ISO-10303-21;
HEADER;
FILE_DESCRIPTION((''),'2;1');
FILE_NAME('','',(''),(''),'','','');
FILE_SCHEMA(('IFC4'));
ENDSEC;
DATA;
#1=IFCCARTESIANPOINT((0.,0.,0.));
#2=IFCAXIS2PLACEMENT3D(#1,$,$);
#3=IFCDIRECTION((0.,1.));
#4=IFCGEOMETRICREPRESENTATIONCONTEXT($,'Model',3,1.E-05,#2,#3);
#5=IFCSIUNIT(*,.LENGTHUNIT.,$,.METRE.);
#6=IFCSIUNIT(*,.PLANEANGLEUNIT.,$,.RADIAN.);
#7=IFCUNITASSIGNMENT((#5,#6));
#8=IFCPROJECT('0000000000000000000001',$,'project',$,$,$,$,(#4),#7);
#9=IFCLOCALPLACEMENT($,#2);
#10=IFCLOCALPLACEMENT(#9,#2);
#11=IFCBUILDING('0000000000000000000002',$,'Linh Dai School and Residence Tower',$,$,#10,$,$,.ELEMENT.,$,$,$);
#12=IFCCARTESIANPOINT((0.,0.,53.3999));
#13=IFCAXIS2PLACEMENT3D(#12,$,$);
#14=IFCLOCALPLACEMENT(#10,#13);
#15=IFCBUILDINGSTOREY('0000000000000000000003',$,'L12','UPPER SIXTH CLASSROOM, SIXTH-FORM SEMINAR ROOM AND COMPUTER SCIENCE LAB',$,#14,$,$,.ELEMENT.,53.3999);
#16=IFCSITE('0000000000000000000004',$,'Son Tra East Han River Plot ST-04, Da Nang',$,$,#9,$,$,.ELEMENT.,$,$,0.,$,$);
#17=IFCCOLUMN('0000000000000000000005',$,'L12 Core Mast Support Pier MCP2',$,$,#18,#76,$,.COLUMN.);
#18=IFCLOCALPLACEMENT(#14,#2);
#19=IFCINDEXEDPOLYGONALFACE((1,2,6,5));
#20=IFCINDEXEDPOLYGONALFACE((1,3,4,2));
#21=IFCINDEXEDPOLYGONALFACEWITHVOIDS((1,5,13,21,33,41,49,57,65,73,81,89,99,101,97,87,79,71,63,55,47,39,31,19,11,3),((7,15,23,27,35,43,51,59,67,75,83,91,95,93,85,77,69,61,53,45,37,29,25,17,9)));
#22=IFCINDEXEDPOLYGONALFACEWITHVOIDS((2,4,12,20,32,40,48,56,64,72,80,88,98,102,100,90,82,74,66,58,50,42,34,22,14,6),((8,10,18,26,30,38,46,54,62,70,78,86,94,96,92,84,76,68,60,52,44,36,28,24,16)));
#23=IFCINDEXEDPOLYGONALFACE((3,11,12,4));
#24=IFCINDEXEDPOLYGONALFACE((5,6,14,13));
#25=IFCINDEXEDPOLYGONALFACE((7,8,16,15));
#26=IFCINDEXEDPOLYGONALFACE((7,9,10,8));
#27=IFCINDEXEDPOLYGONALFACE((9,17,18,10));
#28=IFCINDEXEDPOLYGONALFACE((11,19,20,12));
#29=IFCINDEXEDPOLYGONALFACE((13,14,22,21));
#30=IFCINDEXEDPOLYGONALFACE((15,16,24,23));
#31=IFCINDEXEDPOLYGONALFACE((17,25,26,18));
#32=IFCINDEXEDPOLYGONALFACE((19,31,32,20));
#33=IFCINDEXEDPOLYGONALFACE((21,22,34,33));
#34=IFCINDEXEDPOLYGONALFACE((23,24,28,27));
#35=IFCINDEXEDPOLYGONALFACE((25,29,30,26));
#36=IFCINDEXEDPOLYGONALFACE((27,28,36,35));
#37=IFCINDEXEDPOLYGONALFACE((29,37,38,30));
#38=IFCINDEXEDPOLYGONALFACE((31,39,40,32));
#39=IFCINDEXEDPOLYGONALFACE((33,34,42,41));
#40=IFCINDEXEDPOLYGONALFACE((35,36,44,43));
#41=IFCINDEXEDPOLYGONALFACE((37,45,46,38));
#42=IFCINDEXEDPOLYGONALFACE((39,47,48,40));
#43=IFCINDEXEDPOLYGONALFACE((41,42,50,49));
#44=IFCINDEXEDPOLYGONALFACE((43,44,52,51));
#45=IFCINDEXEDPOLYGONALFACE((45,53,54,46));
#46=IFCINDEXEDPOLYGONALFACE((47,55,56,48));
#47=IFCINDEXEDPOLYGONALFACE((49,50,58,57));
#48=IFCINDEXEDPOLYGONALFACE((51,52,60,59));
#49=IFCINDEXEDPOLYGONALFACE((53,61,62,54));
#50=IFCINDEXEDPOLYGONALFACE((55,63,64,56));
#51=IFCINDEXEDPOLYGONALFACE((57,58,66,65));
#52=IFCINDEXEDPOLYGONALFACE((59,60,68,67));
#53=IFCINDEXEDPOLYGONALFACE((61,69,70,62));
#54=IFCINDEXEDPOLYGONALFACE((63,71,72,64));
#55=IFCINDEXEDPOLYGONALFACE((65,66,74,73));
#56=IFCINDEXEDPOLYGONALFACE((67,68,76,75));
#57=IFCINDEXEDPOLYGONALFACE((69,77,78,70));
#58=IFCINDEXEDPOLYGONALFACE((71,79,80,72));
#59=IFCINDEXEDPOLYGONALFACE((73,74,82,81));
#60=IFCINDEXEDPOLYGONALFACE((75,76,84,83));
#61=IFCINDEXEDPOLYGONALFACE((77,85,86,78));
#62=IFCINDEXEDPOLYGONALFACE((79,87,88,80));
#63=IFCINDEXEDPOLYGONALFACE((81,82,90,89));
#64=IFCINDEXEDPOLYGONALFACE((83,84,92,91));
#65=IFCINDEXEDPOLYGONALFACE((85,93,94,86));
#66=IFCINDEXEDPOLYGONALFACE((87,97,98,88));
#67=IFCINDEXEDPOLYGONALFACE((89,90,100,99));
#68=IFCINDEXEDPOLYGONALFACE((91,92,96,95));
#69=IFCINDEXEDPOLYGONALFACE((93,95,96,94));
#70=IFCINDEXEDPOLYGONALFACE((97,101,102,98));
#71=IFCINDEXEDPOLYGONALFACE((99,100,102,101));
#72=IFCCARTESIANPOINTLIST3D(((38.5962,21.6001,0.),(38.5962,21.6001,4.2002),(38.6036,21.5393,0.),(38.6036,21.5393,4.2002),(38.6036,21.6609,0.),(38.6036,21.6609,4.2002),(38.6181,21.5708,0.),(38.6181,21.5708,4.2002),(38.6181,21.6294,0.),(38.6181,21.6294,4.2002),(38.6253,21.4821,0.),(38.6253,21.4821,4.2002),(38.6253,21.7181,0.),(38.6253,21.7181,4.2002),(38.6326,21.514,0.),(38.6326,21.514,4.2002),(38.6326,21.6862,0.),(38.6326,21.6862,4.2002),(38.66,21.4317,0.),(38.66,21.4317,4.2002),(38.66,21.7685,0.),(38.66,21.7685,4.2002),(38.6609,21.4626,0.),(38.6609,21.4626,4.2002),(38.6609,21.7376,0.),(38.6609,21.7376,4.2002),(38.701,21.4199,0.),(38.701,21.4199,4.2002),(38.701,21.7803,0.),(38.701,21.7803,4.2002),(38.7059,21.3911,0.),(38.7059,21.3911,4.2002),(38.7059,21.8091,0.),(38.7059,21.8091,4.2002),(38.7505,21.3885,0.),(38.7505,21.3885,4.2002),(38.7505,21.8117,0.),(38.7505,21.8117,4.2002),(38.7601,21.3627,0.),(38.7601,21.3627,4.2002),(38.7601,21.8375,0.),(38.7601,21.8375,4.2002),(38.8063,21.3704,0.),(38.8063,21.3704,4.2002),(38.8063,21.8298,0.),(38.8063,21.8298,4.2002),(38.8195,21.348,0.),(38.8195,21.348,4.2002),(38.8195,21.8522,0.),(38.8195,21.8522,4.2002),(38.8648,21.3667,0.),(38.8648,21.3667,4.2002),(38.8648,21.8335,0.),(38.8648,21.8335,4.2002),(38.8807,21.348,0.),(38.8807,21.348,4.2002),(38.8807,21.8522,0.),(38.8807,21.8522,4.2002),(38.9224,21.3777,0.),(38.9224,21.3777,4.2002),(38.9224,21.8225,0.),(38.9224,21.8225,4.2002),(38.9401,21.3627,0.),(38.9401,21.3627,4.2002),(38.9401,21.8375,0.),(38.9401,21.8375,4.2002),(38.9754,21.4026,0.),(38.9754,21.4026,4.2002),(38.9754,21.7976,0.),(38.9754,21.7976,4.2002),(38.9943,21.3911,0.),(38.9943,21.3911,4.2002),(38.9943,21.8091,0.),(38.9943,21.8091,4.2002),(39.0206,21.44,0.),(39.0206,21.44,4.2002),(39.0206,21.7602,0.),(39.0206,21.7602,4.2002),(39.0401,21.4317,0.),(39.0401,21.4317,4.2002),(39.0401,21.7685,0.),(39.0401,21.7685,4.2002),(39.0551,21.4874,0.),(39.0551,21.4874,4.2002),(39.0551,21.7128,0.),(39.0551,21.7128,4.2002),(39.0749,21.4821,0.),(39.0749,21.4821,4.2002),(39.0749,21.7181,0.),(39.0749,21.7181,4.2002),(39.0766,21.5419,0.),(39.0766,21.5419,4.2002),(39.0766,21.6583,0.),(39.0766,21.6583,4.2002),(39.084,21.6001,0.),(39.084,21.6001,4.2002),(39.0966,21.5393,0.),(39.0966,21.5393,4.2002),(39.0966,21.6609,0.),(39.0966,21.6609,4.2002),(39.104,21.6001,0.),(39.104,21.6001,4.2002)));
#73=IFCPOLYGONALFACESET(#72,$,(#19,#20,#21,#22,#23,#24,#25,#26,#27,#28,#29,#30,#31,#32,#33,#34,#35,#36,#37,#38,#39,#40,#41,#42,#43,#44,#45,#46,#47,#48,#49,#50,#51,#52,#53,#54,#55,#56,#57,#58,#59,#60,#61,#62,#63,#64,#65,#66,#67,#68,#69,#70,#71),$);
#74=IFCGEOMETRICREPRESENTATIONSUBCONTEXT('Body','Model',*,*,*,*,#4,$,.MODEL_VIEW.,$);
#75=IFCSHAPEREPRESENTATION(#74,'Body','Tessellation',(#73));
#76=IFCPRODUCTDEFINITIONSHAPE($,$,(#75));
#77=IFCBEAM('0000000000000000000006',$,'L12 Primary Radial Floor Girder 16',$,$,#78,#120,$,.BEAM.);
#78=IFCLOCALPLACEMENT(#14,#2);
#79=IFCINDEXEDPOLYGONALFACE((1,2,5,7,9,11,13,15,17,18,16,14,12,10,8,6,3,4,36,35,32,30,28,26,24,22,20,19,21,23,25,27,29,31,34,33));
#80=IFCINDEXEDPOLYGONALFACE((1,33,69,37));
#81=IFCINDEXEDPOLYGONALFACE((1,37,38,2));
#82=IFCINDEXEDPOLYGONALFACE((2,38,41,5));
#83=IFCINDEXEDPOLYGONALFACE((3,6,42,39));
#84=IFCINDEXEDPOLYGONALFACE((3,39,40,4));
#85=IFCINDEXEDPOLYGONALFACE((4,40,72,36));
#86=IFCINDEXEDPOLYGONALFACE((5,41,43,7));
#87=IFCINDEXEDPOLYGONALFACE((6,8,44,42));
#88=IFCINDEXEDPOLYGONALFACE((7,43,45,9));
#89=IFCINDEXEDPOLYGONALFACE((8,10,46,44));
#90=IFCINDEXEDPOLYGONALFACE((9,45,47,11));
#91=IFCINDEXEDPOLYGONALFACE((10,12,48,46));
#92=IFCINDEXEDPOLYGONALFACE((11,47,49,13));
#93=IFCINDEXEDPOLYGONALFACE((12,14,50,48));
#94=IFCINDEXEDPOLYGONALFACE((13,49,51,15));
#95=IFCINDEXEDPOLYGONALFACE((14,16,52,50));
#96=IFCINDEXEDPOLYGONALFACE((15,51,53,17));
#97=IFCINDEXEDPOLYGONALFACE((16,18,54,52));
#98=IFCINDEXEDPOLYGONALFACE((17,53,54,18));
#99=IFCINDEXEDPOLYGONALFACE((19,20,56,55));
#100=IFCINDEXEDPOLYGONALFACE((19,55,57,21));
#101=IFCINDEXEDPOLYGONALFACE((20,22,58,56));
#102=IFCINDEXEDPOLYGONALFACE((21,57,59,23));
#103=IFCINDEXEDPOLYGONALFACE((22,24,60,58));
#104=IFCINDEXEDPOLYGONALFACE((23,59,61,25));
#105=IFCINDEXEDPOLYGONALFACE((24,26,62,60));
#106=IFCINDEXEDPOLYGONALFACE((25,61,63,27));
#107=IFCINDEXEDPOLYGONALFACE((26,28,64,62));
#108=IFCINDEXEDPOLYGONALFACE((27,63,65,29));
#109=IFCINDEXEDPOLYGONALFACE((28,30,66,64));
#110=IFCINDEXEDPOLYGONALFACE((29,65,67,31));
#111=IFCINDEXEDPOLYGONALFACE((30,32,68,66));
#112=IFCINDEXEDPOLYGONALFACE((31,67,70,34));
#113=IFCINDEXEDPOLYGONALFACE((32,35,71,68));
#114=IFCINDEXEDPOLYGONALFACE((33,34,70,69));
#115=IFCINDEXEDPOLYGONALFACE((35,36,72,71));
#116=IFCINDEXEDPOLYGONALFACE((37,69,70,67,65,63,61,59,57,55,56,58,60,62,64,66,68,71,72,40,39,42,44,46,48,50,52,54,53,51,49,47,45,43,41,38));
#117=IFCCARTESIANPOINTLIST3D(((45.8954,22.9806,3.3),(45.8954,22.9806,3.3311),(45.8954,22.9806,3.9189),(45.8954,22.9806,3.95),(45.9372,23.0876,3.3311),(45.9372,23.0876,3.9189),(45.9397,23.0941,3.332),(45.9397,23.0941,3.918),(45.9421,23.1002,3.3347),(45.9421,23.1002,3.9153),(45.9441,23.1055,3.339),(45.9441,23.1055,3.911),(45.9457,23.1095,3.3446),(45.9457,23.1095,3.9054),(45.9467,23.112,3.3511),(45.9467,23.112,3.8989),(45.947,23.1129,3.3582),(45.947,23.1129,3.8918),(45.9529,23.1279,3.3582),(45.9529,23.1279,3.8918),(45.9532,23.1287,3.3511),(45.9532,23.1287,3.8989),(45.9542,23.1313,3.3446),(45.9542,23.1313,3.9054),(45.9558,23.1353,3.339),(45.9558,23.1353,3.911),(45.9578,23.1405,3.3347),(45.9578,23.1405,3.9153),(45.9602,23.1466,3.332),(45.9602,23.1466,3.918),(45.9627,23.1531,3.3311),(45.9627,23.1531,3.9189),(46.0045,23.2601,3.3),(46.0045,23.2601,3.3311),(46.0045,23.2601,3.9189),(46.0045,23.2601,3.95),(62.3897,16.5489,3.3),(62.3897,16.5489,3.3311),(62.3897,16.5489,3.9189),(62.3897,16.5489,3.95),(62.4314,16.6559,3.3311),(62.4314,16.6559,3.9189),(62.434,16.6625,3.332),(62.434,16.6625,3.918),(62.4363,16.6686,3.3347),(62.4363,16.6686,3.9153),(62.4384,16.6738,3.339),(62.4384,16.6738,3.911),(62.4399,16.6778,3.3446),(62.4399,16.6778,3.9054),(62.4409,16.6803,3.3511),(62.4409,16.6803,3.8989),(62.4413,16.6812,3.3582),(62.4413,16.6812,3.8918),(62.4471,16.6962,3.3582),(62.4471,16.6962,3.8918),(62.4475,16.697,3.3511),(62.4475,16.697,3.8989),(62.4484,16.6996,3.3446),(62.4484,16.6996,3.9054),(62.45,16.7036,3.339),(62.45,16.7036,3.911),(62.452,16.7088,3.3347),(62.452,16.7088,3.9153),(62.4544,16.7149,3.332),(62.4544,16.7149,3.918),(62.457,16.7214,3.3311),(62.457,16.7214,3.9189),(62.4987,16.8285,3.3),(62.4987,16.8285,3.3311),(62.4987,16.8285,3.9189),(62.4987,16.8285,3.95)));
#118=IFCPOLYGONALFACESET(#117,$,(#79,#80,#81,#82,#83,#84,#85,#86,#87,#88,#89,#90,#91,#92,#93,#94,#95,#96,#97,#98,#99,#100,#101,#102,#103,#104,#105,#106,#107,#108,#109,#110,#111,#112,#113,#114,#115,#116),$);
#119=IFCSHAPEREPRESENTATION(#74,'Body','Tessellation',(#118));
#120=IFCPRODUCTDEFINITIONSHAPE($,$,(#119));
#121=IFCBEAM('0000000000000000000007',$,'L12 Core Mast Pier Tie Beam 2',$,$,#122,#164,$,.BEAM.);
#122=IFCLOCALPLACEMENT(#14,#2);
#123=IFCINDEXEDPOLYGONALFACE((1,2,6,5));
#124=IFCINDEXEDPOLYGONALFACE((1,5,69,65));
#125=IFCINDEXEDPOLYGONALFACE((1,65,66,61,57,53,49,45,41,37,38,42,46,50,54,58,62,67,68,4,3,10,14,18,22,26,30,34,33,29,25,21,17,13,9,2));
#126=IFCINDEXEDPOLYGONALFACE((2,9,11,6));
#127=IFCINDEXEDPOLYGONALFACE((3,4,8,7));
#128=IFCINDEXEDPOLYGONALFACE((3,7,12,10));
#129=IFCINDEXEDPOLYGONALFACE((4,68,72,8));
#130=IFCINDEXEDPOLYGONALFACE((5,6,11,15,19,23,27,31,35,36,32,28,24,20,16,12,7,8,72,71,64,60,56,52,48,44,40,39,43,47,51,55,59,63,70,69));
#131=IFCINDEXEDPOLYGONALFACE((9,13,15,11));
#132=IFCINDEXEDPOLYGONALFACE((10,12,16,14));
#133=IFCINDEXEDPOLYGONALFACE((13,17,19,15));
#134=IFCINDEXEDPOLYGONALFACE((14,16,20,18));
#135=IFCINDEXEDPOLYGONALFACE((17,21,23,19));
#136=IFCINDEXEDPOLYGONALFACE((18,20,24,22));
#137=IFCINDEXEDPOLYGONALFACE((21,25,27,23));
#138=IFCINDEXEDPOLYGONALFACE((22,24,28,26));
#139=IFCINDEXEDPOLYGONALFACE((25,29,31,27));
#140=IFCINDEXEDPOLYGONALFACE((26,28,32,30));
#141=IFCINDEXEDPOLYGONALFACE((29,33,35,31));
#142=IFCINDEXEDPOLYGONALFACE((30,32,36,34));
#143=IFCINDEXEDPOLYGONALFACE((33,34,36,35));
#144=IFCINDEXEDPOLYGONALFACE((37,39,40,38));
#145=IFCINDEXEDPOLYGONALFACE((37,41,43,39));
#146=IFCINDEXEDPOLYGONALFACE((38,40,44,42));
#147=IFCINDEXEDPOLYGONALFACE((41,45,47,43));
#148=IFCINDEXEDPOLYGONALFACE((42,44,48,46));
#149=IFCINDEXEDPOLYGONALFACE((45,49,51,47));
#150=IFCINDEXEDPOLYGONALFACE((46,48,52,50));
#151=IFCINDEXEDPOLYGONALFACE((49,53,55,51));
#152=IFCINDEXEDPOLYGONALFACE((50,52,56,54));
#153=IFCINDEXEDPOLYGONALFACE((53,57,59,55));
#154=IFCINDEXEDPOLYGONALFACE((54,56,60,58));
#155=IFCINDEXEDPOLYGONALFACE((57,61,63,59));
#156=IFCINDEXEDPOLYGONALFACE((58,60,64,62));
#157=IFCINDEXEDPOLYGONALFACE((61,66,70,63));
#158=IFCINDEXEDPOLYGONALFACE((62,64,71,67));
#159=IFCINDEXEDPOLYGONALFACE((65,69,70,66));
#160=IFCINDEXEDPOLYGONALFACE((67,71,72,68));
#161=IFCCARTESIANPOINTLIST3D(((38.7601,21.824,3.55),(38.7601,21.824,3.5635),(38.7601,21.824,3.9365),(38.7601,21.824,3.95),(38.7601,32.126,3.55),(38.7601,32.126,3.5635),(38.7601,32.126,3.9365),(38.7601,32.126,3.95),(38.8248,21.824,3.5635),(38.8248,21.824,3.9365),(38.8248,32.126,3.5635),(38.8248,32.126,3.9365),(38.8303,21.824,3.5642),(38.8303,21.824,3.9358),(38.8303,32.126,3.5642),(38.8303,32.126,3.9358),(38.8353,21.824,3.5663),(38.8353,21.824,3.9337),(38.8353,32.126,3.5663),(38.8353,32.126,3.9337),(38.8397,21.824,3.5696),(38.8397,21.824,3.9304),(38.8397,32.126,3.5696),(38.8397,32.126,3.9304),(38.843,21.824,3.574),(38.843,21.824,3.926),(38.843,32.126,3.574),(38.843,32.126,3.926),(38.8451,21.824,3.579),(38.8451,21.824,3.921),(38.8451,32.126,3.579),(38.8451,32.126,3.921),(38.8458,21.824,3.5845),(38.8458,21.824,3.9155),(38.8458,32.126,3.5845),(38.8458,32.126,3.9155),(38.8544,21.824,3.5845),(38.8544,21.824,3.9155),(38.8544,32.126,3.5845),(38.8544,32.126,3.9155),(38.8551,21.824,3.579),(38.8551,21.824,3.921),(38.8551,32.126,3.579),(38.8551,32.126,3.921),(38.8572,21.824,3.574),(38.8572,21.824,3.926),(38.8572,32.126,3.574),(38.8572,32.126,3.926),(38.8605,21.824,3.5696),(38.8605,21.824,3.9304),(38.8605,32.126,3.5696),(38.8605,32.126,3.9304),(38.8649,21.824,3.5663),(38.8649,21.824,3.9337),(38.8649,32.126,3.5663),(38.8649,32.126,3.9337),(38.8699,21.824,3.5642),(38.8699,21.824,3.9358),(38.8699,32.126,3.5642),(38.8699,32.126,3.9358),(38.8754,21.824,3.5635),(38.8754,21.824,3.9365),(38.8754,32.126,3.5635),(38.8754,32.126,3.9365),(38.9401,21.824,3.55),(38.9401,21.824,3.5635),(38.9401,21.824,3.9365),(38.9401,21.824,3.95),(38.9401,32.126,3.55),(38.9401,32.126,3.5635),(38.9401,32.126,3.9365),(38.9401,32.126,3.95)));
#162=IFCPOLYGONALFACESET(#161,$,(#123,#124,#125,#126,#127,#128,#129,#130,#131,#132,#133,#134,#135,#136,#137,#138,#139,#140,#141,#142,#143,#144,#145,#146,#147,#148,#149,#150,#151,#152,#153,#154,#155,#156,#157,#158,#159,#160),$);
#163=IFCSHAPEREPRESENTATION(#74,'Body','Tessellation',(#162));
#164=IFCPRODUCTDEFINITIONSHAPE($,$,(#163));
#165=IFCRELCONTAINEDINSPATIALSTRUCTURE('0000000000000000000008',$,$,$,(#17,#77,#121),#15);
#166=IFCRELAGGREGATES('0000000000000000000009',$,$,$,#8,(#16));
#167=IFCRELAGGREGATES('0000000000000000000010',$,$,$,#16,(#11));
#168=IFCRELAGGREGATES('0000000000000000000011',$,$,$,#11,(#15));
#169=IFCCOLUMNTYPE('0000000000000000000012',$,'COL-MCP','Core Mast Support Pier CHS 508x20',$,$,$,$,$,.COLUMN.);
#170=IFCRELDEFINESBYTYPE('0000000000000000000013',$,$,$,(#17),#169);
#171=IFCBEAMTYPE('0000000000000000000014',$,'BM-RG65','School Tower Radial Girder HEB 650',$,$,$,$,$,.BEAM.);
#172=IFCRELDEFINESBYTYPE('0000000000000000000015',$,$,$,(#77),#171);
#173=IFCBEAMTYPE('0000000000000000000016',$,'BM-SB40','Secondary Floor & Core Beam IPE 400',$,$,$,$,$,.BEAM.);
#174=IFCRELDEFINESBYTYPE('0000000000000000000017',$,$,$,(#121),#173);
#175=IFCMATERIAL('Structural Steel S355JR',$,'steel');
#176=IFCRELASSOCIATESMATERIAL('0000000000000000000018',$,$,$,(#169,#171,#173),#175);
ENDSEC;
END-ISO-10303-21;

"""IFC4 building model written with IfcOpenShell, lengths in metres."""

from ifc_helpers import new_model, si_unit, direction, frame, origin, origin_2d, place, context, subcontext, project, spatial, hollow_circle, i_section, extrude, material, material_profile, profile_set, type_object, element, save


model = new_model("IFC4")

# Units and contexts
model_context = context("Model", 3, precision=1e-05, world=origin(), true_north=direction((0.0, 1.0)))
body_context = subcontext(model_context, "Body", "Model", "MODEL_VIEW")
ifc_project = project(units=[si_unit("LENGTHUNIT", "METRE"), si_unit("PLANEANGLEUNIT", "RADIAN")], contexts=[model_context])

# Site, building, storey
site_placement = place(None, origin())
site = spatial("IfcSite", under=ifc_project, at=site_placement, Name="Son Tra East Han River Plot ST-04, Da Nang", CompositionType="ELEMENT", RefElevation=0.0)
building_placement = place(site_placement, origin())
building = spatial("IfcBuilding", under=site, at=building_placement, Name="Linh Dai School and Residence Tower", CompositionType="ELEMENT")
storey_placement = place(building_placement, frame((0.0, 0.0, 53.3999)))
storey = spatial("IfcBuildingStorey", under=building, at=storey_placement, Name="L12", Description="UPPER SIXTH CLASSROOM, SIXTH-FORM SEMINAR ROOM AND COMPUTER SCIENCE LAB", CompositionType="ELEMENT", Elevation=53.3999)

# Column
ifc_material_1 = material(Name="Structural Steel S355JR", Category="steel")
ifc_material_profile_1 = material_profile(ifc_material_1, hollow_circle(Radius=0.2539, WallThickness=0.02, at=origin_2d()), Name="CHS 508x20")
ifc_profile_set_1 = profile_set([ifc_material_profile_1], Name="Structural Steel S355JR")
column_type_1 = type_object("IfcColumnType", Name="COL-MCP", Description="Core Mast Support Pier CHS 508x20", PredefinedType="COLUMN", material=ifc_profile_set_1)
column_placement = place(storey_placement, frame((38.8501, 21.6001, 0.0), z_axis=(0.0, 0.0, 1.0), x_axis=(1.0, 0.0, 0.0)))
element("IfcColumn", 1, at=column_placement, inside=storey, type_object=column_type_1, Name="L12 Core Mast Support Pier MCP2", PredefinedType="COLUMN", context=body_context, shape_type="SweptSolid", body=[
    extrude(hollow_circle(Radius=0.2539, WallThickness=0.02, at=origin_2d()), origin(), (0.0, 0.0, 1.0), 4.2002),
])

# Beams
ifc_material_profile_2 = material_profile(ifc_material_1, i_section(OverallWidth=0.3, OverallDepth=0.6499, WebThickness=0.0161, FlangeThickness=0.031, FilletRadius=0.0271, at=origin_2d()), Name="HEB 650")
ifc_profile_set_2 = profile_set([ifc_material_profile_2], Name="Structural Steel S355JR")
beam_type_1 = type_object("IfcBeamType", Name="BM-RG65", Description="School Tower Radial Girder HEB 650", PredefinedType="BEAM", material=ifc_profile_set_2)
beam_1_placement = place(storey_placement, frame((45.95, 23.1204, 3.625), z_axis=(0.931675, -0.363293, 0.0), x_axis=(0.363293, 0.931675, 0.0)))
element("IfcBeam", 2, at=beam_1_placement, inside=storey, type_object=beam_type_1, Name="L12 Primary Radial Floor Girder 16", PredefinedType="BEAM", context=body_context, shape_type="SweptSolid", body=[
    extrude(i_section(OverallWidth=0.3, OverallDepth=0.6499, WebThickness=0.0161, FlangeThickness=0.031, FilletRadius=0.0271, at=origin_2d()), origin(), (0.0, 0.0, 1.0), 17.7039),
])
ifc_material_profile_3 = material_profile(ifc_material_1, i_section(OverallWidth=0.1799, OverallDepth=0.3999, WebThickness=0.0085, FlangeThickness=0.0134, FilletRadius=0.021, at=origin_2d()), Name="IPE 400")
ifc_profile_set_3 = profile_set([ifc_material_profile_3], Name="Structural Steel S355JR")
beam_type_2 = type_object("IfcBeamType", Name="BM-SB40", Description="Secondary Floor & Core Beam IPE 400", PredefinedType="BEAM", material=ifc_profile_set_3)
beam_2_placement = place(storey_placement, frame((38.8501, 21.824, 3.75), z_axis=(0.0, 1.0, 0.0), x_axis=(-1.0, 0.0, 0.0)))
element("IfcBeam", 3, at=beam_2_placement, inside=storey, type_object=beam_type_2, Name="L12 Core Mast Pier Tie Beam 2", PredefinedType="BEAM", context=body_context, shape_type="SweptSolid", body=[
    extrude(i_section(OverallWidth=0.1799, OverallDepth=0.3999, WebThickness=0.0085, FlangeThickness=0.0134, FilletRadius=0.021, at=origin_2d()), origin(), (0.0, 0.0, 1.0), 10.302),
])

save(model, "model.ifc")
